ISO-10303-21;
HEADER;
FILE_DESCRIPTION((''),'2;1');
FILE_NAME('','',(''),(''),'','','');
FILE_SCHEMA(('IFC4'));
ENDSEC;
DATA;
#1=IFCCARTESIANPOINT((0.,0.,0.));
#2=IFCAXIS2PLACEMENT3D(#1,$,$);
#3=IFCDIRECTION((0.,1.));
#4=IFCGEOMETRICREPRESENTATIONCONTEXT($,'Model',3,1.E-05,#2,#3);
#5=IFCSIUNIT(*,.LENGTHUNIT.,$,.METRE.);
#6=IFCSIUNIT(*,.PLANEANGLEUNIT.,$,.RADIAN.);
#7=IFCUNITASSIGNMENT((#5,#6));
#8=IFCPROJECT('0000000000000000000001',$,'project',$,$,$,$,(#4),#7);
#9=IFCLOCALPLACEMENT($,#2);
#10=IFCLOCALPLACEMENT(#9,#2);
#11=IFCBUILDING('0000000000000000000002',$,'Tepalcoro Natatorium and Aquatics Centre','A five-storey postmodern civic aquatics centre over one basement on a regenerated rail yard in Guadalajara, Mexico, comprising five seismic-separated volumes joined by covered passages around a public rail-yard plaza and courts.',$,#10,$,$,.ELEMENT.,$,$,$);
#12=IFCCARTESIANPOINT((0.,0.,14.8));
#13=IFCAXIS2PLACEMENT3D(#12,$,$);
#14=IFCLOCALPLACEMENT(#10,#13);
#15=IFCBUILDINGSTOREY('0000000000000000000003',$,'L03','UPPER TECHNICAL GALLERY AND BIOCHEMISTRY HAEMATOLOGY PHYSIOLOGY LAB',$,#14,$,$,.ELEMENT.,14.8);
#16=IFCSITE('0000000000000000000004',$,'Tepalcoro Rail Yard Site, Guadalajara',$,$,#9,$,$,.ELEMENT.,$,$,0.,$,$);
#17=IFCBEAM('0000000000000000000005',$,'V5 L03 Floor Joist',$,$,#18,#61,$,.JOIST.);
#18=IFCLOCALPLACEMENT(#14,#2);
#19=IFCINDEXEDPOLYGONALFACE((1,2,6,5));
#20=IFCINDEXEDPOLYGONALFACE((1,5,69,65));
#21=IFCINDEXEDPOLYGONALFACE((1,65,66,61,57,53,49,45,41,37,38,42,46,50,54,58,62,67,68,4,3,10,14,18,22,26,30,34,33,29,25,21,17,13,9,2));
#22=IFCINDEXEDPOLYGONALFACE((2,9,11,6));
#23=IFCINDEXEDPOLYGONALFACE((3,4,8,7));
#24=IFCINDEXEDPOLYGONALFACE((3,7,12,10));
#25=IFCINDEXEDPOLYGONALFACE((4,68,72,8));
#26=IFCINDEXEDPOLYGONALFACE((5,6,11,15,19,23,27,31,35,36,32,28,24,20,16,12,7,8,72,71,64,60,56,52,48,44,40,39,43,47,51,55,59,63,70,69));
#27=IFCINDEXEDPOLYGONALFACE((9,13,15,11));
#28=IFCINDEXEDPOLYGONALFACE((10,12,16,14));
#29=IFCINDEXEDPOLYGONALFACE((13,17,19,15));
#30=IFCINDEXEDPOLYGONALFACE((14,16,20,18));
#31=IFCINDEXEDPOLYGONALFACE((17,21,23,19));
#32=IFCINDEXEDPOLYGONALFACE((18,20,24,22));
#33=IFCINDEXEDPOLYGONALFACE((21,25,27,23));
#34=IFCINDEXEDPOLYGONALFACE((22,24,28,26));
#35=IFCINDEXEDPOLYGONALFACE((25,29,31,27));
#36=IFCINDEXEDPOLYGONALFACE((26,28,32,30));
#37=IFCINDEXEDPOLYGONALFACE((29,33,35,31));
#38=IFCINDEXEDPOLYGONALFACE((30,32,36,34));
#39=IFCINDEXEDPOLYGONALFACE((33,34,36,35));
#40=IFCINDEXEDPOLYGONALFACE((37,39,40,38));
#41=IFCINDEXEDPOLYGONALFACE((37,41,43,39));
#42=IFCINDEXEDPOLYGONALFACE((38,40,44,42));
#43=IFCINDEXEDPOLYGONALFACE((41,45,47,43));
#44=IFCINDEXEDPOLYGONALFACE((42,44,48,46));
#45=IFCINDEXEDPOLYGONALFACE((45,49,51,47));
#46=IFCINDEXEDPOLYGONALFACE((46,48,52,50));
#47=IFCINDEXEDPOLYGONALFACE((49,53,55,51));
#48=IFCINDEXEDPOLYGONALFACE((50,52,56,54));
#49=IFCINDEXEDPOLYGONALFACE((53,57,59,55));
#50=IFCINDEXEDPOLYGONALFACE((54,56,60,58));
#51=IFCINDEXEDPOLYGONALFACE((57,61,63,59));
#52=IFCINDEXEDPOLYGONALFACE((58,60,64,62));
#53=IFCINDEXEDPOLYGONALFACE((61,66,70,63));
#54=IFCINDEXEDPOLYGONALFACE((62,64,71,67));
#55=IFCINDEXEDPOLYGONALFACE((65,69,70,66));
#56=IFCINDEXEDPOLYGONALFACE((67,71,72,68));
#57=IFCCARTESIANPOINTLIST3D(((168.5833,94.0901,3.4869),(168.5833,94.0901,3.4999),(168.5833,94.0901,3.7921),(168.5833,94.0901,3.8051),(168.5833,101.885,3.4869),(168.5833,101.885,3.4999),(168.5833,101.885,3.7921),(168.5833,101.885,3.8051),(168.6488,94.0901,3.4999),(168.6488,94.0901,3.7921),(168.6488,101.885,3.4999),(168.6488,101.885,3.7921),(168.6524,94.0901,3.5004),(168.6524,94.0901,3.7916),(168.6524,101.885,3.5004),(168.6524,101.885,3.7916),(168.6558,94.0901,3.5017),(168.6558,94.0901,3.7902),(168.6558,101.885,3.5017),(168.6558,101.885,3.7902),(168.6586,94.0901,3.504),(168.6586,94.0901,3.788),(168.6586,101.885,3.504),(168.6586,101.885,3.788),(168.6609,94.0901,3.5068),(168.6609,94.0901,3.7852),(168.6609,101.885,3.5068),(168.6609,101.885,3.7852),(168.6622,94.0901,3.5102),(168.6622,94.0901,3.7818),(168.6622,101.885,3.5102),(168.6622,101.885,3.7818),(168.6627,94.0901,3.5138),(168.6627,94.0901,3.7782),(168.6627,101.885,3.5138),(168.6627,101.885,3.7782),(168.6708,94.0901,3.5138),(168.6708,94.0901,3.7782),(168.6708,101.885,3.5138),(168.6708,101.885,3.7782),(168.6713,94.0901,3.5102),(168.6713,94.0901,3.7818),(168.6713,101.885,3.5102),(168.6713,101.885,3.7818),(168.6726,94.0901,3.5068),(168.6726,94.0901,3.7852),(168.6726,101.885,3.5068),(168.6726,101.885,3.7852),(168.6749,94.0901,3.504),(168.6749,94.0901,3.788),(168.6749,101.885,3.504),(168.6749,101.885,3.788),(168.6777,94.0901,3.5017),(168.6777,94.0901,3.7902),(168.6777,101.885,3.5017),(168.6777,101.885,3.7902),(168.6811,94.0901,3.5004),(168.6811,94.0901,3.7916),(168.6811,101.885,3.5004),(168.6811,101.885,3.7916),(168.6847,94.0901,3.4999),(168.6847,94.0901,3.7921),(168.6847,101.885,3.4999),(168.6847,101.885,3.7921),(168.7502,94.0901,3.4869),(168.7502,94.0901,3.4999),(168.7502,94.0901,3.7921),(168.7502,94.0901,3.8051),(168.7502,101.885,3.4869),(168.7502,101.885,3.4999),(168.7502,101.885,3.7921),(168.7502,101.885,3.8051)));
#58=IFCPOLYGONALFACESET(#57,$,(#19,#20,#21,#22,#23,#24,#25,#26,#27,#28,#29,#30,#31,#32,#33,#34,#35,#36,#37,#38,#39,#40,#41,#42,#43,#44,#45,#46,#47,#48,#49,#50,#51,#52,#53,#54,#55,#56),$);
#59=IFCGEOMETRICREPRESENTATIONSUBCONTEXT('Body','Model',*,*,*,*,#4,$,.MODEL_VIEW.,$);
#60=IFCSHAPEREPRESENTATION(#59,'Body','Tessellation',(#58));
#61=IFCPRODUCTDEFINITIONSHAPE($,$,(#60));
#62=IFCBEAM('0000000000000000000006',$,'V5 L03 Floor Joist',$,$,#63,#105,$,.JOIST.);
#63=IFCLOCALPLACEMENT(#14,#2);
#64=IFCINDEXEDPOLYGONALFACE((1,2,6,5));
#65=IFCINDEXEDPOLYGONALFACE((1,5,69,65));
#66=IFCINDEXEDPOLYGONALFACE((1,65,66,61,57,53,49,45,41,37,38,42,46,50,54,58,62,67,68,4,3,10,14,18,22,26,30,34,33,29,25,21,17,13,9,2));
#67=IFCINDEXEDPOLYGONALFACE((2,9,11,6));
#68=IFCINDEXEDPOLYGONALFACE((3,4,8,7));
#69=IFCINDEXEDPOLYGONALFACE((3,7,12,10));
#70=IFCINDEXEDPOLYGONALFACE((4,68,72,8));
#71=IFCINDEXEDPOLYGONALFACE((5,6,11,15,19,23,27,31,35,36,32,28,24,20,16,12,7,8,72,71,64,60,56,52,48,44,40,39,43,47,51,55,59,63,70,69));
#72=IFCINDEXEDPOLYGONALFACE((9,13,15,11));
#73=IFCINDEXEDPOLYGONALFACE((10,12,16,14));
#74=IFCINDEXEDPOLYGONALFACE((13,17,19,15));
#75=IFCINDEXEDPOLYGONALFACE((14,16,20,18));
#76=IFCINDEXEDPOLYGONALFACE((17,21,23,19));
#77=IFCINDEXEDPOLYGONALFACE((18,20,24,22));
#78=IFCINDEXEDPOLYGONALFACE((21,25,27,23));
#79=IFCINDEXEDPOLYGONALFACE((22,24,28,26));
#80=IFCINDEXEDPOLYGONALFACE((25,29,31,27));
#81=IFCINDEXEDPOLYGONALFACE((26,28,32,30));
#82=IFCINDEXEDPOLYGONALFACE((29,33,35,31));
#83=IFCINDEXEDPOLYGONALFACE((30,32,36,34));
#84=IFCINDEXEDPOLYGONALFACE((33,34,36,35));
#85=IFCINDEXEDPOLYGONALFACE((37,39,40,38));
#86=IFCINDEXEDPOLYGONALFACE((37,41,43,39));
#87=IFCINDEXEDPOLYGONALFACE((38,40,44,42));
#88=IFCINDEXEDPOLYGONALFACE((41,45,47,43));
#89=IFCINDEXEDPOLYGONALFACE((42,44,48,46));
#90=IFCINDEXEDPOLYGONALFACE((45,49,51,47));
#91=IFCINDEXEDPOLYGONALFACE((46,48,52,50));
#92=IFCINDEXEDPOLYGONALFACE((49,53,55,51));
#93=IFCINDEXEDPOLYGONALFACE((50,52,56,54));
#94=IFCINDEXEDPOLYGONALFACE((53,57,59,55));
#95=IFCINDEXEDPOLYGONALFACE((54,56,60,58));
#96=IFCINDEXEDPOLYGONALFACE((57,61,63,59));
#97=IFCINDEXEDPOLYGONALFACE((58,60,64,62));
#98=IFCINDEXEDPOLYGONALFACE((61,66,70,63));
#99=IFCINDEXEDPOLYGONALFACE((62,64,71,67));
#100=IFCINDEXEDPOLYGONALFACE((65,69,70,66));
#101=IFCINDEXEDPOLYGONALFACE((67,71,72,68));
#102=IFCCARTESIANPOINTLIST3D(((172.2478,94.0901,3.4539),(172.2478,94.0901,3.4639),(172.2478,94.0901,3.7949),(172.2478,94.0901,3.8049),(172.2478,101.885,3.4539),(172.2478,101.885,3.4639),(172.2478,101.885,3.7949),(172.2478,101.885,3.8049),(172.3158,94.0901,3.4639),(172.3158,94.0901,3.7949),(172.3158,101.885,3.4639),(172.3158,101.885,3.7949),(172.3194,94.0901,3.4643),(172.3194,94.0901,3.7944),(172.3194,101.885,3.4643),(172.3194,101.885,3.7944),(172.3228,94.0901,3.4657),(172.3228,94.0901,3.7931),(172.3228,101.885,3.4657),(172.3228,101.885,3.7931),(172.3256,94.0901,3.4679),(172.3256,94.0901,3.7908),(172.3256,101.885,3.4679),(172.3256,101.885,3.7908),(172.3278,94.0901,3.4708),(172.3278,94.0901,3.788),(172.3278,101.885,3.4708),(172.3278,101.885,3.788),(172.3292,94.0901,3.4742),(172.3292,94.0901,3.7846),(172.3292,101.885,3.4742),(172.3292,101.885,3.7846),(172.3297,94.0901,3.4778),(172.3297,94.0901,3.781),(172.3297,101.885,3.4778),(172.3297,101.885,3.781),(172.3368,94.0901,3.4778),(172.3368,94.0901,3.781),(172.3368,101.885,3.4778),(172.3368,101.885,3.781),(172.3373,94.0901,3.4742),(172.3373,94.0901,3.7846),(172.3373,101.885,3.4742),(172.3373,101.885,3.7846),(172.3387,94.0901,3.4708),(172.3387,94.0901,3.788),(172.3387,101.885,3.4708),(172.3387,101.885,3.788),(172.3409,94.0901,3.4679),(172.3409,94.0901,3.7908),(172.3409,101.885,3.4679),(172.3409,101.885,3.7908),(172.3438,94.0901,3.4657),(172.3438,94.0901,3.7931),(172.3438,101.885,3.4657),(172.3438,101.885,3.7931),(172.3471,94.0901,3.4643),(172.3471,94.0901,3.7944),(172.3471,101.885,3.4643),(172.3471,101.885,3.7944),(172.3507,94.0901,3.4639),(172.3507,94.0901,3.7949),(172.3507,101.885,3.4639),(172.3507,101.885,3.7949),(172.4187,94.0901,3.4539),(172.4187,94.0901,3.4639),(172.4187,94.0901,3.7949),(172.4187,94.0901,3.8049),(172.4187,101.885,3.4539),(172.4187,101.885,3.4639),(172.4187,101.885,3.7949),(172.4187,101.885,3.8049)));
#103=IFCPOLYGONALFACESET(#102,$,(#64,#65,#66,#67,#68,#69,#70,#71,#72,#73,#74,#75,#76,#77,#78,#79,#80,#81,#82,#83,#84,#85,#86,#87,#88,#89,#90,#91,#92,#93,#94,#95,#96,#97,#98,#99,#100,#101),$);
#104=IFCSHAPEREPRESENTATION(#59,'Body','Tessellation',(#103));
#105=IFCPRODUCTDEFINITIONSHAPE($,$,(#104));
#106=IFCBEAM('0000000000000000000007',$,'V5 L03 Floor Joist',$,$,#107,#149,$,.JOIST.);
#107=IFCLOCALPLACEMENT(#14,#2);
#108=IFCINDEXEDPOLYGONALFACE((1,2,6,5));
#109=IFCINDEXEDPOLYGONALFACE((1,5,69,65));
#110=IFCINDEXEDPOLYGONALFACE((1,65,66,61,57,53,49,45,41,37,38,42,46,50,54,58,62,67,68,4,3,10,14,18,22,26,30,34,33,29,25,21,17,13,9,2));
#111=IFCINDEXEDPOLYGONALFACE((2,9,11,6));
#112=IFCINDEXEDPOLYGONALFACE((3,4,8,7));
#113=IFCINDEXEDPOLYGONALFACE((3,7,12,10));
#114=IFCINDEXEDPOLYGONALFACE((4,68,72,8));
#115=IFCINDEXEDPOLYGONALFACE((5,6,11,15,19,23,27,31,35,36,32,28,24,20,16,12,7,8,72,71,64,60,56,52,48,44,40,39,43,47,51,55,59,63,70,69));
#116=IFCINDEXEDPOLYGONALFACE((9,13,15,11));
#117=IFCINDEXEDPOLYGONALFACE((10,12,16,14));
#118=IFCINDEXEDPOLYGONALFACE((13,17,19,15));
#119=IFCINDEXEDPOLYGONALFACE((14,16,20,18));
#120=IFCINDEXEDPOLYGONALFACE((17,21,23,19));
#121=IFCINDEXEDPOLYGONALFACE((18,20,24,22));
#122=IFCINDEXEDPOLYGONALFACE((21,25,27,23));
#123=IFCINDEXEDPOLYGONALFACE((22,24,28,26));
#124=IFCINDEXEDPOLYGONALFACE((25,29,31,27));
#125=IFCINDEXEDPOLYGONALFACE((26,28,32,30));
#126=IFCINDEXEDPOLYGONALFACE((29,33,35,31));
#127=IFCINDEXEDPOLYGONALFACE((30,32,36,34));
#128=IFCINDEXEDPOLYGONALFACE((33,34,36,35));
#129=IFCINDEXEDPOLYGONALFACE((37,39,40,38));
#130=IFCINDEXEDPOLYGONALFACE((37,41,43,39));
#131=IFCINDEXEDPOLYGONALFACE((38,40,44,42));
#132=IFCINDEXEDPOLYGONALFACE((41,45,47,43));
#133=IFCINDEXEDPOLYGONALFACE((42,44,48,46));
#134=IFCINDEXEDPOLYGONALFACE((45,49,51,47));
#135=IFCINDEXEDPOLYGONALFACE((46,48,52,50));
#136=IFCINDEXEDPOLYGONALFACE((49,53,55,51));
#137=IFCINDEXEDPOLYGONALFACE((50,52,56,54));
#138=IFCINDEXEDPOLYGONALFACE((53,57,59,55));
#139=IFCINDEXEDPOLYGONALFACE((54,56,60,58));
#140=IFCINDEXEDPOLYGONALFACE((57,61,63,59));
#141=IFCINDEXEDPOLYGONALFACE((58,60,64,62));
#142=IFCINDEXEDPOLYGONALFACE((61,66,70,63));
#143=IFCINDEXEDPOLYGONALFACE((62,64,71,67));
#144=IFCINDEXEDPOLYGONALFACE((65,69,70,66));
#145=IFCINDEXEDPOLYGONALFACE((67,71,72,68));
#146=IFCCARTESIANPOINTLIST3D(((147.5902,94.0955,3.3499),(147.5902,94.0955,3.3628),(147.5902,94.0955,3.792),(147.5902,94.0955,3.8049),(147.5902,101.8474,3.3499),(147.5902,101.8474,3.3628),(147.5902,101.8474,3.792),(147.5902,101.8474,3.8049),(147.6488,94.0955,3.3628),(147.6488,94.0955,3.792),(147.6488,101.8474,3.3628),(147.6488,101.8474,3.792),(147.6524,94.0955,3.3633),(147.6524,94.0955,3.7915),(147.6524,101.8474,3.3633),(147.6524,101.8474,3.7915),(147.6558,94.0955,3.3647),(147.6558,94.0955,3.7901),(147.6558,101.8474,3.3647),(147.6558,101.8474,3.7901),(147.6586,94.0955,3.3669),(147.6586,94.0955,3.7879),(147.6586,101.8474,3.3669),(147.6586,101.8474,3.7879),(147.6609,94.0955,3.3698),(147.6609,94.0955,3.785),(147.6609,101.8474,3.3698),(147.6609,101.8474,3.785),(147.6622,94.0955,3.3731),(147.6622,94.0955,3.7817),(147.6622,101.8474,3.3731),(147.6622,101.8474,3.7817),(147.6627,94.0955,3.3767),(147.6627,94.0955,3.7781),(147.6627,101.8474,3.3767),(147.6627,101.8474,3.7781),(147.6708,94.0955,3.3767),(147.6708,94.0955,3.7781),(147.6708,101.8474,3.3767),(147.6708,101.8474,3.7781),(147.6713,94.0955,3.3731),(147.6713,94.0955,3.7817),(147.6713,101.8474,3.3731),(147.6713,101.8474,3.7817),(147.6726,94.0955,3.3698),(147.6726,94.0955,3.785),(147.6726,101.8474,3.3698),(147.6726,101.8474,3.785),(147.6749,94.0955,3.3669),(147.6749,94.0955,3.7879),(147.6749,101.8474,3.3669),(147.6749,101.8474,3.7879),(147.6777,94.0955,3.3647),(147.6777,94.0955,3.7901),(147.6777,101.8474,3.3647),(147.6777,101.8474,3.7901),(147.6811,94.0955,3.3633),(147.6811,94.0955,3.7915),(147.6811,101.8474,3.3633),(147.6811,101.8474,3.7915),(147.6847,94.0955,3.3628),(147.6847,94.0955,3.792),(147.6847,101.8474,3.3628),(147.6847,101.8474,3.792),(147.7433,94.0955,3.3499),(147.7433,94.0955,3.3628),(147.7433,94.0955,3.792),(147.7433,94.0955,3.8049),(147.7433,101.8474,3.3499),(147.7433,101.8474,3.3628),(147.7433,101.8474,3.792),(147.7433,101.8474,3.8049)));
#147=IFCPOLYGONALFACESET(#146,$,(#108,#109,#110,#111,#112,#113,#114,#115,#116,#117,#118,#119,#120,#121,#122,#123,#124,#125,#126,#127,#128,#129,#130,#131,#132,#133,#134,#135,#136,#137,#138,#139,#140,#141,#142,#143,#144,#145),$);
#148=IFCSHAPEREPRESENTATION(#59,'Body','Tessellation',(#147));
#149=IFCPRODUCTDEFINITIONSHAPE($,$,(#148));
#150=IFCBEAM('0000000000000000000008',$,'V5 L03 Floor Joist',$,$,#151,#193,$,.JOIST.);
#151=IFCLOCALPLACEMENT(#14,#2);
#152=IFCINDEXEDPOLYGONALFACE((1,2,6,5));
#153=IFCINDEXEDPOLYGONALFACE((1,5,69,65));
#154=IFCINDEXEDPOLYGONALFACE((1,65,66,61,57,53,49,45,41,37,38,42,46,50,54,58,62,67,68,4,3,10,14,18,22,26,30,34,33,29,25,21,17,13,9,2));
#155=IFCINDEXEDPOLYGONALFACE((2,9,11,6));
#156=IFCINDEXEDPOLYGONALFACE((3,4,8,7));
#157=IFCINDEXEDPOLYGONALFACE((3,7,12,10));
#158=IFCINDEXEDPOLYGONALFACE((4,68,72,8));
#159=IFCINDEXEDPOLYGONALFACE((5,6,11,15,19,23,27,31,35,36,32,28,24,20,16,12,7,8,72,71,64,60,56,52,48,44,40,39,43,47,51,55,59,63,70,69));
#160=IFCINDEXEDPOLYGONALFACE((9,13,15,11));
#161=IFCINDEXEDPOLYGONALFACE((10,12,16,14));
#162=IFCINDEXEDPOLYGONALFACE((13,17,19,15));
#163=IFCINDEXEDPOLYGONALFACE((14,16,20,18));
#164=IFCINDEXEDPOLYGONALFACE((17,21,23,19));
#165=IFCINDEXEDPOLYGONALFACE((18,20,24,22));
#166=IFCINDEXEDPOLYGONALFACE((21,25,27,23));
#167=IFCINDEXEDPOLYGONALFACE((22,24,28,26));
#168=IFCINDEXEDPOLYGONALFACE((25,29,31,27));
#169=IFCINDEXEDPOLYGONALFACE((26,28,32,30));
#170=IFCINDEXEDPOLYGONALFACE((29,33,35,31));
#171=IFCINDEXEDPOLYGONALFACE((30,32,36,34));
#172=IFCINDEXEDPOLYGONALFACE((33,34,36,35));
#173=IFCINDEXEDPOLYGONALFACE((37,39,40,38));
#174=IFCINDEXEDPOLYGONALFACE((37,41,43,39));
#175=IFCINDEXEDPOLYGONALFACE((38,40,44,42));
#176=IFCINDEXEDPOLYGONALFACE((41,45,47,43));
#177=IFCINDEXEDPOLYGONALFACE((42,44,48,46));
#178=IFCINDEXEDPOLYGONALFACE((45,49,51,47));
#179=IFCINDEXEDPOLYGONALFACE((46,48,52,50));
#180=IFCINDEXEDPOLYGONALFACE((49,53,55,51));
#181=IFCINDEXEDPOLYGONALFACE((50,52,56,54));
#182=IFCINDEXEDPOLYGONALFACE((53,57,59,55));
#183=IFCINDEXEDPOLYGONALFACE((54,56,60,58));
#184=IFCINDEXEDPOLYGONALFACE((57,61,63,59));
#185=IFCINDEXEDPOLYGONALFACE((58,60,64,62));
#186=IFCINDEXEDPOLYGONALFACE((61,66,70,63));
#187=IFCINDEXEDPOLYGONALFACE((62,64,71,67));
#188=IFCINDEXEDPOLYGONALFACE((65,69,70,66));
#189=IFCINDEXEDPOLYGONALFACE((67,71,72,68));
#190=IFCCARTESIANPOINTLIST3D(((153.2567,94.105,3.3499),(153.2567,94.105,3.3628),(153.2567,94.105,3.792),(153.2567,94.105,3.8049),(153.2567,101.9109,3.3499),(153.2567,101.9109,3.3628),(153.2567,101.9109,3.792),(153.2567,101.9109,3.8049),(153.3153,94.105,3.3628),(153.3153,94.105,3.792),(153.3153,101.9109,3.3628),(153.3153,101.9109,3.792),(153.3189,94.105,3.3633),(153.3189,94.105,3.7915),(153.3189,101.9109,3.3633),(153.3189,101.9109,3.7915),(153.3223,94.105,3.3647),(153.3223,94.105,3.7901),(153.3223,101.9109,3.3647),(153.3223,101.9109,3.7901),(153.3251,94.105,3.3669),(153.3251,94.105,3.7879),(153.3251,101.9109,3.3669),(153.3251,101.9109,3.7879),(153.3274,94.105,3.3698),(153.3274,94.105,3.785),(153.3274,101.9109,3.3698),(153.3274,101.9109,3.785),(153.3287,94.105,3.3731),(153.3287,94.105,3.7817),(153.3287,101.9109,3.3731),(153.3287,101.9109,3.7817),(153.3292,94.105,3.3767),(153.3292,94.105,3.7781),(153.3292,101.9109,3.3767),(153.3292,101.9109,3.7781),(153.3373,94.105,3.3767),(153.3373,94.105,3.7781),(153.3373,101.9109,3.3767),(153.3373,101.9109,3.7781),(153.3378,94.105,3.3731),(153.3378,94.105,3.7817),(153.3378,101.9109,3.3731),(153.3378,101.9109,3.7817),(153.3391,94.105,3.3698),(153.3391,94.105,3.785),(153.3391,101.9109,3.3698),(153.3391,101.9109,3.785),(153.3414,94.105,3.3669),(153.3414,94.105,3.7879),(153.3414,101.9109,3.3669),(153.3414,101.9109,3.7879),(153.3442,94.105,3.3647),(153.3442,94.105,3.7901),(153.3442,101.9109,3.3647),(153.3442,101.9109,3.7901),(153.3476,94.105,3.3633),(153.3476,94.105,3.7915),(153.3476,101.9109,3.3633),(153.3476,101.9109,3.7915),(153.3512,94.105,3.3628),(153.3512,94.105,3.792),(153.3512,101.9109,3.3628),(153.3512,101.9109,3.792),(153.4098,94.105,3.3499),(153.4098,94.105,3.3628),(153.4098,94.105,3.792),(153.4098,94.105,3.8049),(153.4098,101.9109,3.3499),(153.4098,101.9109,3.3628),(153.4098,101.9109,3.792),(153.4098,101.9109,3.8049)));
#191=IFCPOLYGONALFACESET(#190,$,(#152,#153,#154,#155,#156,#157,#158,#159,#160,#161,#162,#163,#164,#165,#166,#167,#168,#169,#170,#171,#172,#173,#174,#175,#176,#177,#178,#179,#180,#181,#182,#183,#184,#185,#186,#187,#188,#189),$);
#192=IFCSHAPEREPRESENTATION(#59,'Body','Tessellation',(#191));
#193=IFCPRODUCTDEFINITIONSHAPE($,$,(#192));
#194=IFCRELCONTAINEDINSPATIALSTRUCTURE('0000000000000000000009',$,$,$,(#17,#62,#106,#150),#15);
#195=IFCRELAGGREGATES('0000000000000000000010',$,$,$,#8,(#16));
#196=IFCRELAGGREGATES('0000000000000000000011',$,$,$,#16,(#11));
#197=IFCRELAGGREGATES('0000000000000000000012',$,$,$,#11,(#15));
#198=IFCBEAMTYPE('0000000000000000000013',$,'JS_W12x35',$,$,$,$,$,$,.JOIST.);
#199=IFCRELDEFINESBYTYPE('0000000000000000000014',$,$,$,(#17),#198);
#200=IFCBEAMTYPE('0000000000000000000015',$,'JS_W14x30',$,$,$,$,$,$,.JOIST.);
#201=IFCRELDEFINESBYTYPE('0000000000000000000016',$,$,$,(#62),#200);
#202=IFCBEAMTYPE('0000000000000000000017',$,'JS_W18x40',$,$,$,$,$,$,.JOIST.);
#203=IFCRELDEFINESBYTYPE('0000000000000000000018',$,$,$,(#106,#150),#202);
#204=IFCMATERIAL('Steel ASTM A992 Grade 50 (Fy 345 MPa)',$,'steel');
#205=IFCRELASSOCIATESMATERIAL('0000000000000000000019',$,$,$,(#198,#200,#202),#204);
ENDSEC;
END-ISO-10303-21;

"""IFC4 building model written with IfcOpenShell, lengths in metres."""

from ifc_helpers import new_model, si_unit, direction, frame, origin, origin_2d, place, context, subcontext, project, spatial, i_section, extrude, material, material_profile, profile_set, type_object, element, save


model = new_model("IFC4")

# Units and contexts
model_context = context("Model", 3, precision=1e-05, world=origin(), true_north=direction((0.0, 1.0)))
body_context = subcontext(model_context, "Body", "Model", "MODEL_VIEW")
ifc_project = project(units=[si_unit("LENGTHUNIT", "METRE"), si_unit("PLANEANGLEUNIT", "RADIAN")], contexts=[model_context])

# Site, building, storey
site_placement = place(None, origin())
site = spatial("IfcSite", under=ifc_project, at=site_placement, Name="Tepalcoro Rail Yard Site, Guadalajara", CompositionType="ELEMENT", RefElevation=0.0)
building_placement = place(site_placement, origin())
building = spatial("IfcBuilding", under=site, at=building_placement, Name="Tepalcoro Natatorium and Aquatics Centre", Description="A five-storey postmodern civic aquatics centre over one basement on a regenerated rail yard in Guadalajara, Mexico, comprising five seismic-separated volumes joined by covered passages around a public rail-yard plaza and courts.", CompositionType="ELEMENT")
storey_placement = place(building_placement, frame((0.0, 0.0, 14.8)))
storey = spatial("IfcBuildingStorey", under=building, at=storey_placement, Name="L03", Description="UPPER TECHNICAL GALLERY AND BIOCHEMISTRY HAEMATOLOGY PHYSIOLOGY LAB", CompositionType="ELEMENT", Elevation=14.8)

# Shared definitions
ifc_material_1 = material(Name="Steel ASTM A992 Grade 50 (Fy 345 MPa)", Category="steel")

# Beams
ifc_material_profile_1 = material_profile(ifc_material_1, i_section(OverallWidth=0.167, OverallDepth=0.3181, WebThickness=0.0081, FlangeThickness=0.0129, FilletRadius=0.0139, at=origin_2d()), Name="W12X35")
ifc_profile_set_1 = profile_set([ifc_material_profile_1], Name="Steel ASTM A992 Grade 50 (Fy 345 MPa)")
beam_type_1 = type_object("IfcBeamType", Name="JS_W12x35", PredefinedType="JOIST", material=ifc_profile_set_1)
beam_1_placement = place(storey_placement, frame((168.6667, 94.0901, 3.646), z_axis=(0.0, 1.0, 0.0), x_axis=(-1.0, 0.0, 0.0)))
element("IfcBeam", 1, at=beam_1_placement, inside=storey, type_object=beam_type_1, Name="V5 L03 Floor Joist", PredefinedType="JOIST", context=body_context, shape_type="SweptSolid", body=[
    extrude(i_section(OverallWidth=0.167, OverallDepth=0.3181, WebThickness=0.0081, FlangeThickness=0.0129, FilletRadius=0.0139, at=origin_2d()), origin(), (0.0, 0.0, 1.0), 7.7949),
])
ifc_material_profile_2 = material_profile(ifc_material_1, i_section(OverallWidth=0.1709, OverallDepth=0.3511, WebThickness=0.0071, FlangeThickness=0.01, FilletRadius=0.0139, at=origin_2d()), Name="W14X30")
ifc_profile_set_2 = profile_set([ifc_material_profile_2], Name="Steel ASTM A992 Grade 50 (Fy 345 MPa)")
beam_type_2 = type_object("IfcBeamType", Name="JS_W14x30", PredefinedType="JOIST", material=ifc_profile_set_2)
beam_2_placement = place(storey_placement, frame((172.3333, 94.0901, 3.6294), z_axis=(0.0, 1.0, 0.0), x_axis=(-1.0, 0.0, 0.0)))
element("IfcBeam", 2, at=beam_2_placement, inside=storey, type_object=beam_type_2, Name="V5 L03 Floor Joist", PredefinedType="JOIST", context=body_context, shape_type="SweptSolid", body=[
    extrude(i_section(OverallWidth=0.1709, OverallDepth=0.3511, WebThickness=0.0071, FlangeThickness=0.01, FilletRadius=0.0139, at=origin_2d()), origin(), (0.0, 0.0, 1.0), 7.7949),
])
ifc_material_profile_3 = material_profile(ifc_material_1, i_section(OverallWidth=0.1531, OverallDepth=0.4551, WebThickness=0.0081, FlangeThickness=0.0129, FilletRadius=0.0139, at=origin_2d()), Name="W18X40")
ifc_profile_set_3 = profile_set([ifc_material_profile_3], Name="Steel ASTM A992 Grade 50 (Fy 345 MPa)")
beam_type_3 = type_object("IfcBeamType", Name="JS_W18x40", PredefinedType="JOIST", material=ifc_profile_set_3)
beam_3_placement = place(storey_placement, frame((147.6667, 94.0955, 3.5774), z_axis=(0.0, 1.0, 0.0), x_axis=(-1.0, 0.0, 0.0)))
element("IfcBeam", 3, at=beam_3_placement, inside=storey, type_object=beam_type_3, Name="V5 L03 Floor Joist", PredefinedType="JOIST", context=body_context, shape_type="SweptSolid", body=[
    extrude(i_section(OverallWidth=0.1531, OverallDepth=0.4551, WebThickness=0.0081, FlangeThickness=0.0129, FilletRadius=0.0139, at=origin_2d()), origin(), (0.0, 0.0, 1.0), 7.752),
])
beam_4_placement = place(storey_placement, frame((153.3333, 94.105, 3.5774), z_axis=(0.0, 1.0, 0.0), x_axis=(-1.0, 0.0, 0.0)))
element("IfcBeam", 4, at=beam_4_placement, inside=storey, type_object=beam_type_3, Name="V5 L03 Floor Joist", PredefinedType="JOIST", context=body_context, shape_type="SweptSolid", body=[
    extrude(i_section(OverallWidth=0.1531, OverallDepth=0.4551, WebThickness=0.0081, FlangeThickness=0.0129, FilletRadius=0.0139, at=origin_2d()), origin(), (0.0, 0.0, 1.0), 7.8059),
])

save(model, "model.ifc")
